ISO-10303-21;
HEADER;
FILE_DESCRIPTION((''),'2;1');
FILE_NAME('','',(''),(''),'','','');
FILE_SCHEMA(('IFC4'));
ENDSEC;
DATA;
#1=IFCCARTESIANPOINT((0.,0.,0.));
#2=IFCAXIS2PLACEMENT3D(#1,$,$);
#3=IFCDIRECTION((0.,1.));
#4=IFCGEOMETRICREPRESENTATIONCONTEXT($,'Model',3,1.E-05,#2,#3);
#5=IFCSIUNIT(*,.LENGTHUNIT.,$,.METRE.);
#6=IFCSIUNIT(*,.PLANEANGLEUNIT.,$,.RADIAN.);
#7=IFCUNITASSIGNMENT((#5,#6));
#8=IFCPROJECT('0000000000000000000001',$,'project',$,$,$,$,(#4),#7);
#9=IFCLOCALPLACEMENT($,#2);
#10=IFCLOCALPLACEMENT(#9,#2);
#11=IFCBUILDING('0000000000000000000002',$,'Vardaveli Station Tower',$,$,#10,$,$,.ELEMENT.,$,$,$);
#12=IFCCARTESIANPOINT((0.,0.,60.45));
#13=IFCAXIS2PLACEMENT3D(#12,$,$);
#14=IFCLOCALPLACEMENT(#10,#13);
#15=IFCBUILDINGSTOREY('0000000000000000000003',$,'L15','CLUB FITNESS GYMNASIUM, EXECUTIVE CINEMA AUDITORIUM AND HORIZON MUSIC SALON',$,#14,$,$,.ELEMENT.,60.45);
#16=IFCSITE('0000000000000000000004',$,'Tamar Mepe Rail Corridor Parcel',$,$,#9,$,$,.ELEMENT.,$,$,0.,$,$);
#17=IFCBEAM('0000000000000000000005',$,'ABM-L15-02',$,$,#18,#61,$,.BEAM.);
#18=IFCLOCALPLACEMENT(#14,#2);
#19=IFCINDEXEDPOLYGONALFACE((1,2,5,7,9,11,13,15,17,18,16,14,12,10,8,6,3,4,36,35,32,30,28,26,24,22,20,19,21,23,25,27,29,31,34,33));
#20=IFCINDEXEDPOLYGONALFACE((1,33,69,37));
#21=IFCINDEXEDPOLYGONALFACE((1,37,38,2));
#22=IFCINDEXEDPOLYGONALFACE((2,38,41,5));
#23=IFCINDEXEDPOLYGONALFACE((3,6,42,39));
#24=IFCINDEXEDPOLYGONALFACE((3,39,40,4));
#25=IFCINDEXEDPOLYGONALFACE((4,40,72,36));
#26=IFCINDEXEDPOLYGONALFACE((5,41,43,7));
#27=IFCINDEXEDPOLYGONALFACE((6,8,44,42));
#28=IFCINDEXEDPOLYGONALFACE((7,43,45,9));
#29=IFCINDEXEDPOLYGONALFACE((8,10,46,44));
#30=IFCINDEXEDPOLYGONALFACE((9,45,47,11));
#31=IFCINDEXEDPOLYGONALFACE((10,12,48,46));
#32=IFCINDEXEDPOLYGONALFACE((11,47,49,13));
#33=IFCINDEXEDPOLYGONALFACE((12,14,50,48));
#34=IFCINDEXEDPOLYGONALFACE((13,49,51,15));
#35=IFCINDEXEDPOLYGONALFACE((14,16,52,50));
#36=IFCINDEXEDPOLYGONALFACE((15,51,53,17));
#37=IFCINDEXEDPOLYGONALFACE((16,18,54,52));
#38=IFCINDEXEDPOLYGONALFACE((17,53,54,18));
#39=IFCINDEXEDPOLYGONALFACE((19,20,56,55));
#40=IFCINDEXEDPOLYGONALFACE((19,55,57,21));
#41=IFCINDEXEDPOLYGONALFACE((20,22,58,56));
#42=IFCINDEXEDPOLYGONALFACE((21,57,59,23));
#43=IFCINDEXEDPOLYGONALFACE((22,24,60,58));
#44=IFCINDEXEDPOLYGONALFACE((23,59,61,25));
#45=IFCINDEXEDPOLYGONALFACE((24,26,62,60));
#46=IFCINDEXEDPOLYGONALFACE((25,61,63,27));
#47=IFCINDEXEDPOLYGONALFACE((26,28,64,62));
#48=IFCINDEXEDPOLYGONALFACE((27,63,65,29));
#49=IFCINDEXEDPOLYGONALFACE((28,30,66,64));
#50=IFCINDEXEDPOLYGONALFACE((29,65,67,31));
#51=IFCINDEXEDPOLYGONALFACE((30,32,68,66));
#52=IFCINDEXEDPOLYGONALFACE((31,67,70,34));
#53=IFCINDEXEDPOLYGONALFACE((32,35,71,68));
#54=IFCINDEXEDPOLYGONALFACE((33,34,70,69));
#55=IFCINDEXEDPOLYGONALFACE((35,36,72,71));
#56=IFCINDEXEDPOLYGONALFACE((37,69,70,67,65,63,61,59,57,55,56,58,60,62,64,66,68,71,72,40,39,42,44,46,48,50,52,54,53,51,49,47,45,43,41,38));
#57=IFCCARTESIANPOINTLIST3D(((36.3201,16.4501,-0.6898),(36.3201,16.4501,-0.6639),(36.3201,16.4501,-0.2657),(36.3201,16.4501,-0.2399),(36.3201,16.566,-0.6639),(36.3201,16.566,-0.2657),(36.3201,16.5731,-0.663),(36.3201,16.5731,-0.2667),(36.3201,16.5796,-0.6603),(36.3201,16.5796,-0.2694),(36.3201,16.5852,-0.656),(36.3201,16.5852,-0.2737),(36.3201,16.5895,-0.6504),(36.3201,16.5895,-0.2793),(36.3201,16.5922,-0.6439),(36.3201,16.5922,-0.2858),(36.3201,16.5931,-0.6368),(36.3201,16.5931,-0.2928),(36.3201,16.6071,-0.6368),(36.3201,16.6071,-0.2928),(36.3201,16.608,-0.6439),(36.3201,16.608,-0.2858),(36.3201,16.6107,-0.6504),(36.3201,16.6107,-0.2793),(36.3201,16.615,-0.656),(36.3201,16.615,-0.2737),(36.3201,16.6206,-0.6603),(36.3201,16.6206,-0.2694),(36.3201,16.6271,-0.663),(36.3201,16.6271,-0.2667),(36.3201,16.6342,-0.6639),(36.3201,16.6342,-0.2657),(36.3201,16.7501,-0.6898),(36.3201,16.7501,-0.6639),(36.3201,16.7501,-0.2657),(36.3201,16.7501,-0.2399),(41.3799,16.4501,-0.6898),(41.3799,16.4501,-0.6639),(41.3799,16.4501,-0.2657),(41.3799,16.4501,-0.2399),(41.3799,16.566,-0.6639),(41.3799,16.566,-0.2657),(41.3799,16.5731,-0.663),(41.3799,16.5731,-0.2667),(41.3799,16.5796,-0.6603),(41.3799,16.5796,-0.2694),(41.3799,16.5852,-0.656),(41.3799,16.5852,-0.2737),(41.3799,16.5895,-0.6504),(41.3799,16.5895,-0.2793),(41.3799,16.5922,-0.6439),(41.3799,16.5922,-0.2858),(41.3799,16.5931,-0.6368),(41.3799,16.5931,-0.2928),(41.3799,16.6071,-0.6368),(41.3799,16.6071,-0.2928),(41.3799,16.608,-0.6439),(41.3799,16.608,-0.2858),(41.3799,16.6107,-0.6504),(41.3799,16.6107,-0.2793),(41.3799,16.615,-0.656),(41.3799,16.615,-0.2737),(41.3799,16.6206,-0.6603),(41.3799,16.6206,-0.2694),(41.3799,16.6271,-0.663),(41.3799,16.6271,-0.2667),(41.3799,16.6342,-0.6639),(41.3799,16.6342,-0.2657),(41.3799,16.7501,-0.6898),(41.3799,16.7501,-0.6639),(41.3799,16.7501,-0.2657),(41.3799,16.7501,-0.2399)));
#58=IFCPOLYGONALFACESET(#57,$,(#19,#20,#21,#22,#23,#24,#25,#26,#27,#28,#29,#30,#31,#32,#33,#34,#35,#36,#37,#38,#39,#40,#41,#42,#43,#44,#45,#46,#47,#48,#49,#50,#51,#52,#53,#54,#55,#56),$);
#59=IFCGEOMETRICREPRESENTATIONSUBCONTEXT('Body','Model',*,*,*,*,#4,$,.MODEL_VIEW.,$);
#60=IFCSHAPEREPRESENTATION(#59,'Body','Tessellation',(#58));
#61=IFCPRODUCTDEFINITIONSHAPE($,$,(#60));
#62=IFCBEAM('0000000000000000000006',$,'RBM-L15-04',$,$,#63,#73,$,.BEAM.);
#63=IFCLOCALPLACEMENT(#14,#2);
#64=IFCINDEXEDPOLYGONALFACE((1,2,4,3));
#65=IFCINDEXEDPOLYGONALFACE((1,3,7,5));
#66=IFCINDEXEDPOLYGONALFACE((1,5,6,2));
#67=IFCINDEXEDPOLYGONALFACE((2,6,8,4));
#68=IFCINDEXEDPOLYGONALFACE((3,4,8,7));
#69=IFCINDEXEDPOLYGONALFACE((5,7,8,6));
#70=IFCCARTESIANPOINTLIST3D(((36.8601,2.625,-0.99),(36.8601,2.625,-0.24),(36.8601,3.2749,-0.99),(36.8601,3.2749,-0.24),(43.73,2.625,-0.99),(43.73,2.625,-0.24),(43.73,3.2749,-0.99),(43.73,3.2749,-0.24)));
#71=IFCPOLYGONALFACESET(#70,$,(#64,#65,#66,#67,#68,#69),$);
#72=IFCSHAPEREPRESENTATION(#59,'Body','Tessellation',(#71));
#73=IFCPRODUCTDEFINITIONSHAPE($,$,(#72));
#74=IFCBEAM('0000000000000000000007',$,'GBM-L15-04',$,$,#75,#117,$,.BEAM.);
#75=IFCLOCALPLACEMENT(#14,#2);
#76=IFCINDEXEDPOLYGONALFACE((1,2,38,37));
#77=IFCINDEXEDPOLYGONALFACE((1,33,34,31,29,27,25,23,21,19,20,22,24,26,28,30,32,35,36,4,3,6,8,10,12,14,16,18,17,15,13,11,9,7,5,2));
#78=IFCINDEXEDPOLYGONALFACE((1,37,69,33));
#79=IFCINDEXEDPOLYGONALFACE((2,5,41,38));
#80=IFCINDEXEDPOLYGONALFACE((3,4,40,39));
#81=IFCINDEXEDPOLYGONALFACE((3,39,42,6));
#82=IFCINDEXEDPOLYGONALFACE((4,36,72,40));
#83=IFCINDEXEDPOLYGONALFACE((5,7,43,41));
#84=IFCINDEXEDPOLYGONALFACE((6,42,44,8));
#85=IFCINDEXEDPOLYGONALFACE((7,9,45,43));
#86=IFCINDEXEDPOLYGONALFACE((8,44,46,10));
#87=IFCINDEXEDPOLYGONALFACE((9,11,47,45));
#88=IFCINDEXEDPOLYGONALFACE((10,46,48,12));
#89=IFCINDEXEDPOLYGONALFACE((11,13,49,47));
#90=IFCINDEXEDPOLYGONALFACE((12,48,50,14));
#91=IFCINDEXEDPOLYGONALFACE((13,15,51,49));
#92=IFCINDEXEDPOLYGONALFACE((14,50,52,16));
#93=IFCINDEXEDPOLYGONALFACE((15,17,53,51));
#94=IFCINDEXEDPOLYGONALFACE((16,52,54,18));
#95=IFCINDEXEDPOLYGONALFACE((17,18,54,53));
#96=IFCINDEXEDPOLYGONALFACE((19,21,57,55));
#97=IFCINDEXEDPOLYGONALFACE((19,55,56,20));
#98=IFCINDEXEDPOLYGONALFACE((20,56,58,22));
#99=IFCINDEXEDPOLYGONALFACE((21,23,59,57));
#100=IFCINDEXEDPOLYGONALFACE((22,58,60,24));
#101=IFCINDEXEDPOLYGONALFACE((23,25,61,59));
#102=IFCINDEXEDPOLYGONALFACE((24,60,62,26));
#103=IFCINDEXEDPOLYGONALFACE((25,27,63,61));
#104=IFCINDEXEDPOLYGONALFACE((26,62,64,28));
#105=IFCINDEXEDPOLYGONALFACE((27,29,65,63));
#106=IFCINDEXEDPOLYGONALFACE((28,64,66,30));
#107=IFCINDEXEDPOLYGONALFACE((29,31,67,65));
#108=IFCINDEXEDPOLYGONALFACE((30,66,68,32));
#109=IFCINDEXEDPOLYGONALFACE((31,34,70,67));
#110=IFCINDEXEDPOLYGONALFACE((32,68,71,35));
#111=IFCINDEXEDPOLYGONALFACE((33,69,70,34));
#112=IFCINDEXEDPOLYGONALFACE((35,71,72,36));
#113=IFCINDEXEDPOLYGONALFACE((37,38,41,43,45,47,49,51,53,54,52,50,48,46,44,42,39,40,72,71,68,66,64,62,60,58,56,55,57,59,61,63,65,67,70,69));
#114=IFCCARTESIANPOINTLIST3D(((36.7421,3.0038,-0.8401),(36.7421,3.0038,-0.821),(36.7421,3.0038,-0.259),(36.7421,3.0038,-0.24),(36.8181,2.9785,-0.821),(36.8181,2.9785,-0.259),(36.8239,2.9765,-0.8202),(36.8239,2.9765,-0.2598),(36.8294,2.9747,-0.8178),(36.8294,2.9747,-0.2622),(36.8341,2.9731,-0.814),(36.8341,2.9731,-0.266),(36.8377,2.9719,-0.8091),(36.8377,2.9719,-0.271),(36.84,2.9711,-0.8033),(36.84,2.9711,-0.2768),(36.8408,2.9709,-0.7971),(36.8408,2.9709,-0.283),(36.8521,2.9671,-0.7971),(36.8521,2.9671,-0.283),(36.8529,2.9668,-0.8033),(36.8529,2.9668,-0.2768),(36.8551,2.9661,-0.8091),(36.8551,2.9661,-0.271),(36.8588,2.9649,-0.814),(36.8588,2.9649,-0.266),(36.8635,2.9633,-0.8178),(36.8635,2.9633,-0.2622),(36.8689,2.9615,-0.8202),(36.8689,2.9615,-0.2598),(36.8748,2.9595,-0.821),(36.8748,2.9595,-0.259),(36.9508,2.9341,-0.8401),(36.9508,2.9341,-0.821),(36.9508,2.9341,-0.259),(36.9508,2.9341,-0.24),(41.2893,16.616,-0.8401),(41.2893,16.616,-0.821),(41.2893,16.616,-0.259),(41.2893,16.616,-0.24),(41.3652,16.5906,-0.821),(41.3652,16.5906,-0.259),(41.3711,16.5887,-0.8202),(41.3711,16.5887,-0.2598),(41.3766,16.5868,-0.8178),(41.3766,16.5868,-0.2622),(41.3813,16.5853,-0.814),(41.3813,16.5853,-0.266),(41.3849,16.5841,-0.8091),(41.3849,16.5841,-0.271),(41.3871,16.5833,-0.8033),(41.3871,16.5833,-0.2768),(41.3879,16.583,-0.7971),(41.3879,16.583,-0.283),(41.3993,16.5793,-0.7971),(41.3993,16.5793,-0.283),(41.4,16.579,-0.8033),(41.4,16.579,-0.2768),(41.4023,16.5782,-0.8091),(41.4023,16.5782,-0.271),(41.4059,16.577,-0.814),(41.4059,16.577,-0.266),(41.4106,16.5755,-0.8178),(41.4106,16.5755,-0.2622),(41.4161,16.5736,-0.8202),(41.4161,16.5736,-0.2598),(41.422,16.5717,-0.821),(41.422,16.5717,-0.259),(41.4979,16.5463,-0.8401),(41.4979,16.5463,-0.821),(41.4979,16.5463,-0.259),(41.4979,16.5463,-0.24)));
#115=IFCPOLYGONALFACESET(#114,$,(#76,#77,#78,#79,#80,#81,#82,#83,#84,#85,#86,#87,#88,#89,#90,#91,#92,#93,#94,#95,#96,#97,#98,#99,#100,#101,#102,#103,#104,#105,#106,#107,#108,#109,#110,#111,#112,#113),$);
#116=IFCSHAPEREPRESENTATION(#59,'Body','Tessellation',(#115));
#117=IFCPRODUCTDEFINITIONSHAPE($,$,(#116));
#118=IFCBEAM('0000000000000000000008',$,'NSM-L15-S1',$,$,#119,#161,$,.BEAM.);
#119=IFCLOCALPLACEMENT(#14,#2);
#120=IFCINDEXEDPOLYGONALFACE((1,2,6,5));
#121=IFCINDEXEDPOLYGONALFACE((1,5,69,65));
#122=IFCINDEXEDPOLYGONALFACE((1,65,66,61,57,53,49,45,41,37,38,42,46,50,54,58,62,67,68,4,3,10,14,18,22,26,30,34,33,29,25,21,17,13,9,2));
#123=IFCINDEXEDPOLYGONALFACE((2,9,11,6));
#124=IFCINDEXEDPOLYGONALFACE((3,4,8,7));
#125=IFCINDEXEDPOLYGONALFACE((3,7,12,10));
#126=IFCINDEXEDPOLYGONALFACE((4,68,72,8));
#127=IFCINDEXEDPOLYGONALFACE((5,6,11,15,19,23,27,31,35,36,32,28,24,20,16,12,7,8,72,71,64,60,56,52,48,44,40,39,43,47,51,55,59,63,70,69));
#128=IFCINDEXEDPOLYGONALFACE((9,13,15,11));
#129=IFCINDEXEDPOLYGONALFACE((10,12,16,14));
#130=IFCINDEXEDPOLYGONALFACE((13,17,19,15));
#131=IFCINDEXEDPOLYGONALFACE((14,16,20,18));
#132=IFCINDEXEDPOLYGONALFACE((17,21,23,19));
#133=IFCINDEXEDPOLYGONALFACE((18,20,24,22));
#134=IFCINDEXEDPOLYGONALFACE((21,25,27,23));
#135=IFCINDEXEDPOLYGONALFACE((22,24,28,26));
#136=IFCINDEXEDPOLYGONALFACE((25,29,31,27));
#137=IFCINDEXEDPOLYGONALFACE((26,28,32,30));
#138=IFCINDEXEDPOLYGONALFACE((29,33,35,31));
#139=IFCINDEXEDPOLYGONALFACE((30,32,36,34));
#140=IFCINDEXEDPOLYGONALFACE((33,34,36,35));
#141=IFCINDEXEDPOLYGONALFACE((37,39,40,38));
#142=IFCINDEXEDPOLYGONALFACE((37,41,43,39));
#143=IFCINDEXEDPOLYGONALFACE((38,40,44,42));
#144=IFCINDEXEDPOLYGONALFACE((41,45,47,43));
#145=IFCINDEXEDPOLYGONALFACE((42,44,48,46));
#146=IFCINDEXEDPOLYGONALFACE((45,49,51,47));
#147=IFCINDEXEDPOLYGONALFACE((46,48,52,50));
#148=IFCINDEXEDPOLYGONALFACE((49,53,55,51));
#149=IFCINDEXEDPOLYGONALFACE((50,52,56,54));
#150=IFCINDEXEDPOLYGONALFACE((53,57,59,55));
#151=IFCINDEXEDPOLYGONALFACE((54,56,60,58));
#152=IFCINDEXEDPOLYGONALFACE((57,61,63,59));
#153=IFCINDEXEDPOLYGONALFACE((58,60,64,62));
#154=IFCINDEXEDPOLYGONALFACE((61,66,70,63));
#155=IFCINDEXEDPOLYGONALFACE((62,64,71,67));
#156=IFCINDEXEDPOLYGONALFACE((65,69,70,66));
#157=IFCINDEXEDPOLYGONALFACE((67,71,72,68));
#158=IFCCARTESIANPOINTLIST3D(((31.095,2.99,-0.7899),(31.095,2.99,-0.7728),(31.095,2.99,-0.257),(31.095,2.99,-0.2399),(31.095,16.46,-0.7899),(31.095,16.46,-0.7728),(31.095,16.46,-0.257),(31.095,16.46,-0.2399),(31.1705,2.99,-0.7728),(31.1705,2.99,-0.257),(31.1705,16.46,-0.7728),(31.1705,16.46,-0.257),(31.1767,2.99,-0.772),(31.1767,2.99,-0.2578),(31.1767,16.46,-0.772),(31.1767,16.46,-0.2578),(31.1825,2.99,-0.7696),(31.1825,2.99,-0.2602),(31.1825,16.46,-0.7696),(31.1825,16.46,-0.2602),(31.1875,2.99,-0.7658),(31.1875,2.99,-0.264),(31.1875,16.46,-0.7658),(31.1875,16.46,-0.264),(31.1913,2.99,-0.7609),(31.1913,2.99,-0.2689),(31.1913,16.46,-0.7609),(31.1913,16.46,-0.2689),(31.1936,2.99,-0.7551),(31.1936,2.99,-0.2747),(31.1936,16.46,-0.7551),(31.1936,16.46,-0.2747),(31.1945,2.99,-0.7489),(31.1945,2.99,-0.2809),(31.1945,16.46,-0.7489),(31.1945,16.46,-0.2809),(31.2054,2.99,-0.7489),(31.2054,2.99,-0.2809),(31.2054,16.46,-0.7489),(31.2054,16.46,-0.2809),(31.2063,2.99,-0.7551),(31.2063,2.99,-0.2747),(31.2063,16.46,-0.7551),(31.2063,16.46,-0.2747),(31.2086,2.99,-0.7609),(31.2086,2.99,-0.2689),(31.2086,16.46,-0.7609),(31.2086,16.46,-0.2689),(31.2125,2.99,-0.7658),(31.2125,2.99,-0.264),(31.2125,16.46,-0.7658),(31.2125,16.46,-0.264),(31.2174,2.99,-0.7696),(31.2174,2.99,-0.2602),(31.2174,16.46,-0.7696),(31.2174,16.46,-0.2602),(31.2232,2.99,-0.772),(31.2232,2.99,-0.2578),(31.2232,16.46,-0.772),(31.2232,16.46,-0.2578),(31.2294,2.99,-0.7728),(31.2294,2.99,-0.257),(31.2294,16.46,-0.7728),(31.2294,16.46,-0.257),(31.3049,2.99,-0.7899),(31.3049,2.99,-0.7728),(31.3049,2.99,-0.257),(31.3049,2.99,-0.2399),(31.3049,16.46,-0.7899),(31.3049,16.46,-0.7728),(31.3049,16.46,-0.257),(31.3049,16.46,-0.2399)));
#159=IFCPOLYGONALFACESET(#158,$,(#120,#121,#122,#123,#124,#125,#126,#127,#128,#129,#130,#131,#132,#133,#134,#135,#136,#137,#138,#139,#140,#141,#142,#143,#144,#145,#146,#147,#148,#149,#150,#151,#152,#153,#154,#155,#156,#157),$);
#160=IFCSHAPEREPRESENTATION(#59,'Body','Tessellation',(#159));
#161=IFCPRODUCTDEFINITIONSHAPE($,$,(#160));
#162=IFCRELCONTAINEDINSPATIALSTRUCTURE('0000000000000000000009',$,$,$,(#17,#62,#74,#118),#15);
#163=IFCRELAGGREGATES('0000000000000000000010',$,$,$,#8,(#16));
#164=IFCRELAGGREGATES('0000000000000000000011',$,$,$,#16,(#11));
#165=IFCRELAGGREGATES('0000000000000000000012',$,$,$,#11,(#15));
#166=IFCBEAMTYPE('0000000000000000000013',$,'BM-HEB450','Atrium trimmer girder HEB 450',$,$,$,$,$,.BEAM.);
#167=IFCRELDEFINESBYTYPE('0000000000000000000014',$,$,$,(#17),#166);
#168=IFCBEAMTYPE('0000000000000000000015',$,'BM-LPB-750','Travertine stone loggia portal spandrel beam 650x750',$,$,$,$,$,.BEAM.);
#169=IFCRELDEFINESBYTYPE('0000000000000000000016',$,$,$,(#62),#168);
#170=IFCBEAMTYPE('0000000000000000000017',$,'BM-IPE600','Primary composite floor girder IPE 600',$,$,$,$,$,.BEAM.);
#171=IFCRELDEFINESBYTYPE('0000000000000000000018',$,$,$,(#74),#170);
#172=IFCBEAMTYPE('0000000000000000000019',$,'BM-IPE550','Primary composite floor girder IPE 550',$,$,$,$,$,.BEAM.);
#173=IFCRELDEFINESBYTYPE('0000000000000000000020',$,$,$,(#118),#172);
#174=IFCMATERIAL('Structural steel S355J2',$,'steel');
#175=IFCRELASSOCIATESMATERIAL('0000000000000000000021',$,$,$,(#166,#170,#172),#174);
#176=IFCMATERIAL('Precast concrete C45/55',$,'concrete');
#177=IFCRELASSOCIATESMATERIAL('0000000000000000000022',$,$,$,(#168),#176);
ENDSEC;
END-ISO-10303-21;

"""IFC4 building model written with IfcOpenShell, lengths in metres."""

from ifc_helpers import new_model, si_unit, direction, frame, origin, origin_2d, place, context, subcontext, project, spatial, rectangle, i_section, extrude, source, transform, mapped, material, material_profile, profile_set, type_object, element, save


model = new_model("IFC4")

# Units and contexts
model_context = context("Model", 3, precision=1e-05, world=origin(), true_north=direction((0.0, 1.0)))
body_context = subcontext(model_context, "Body", "Model", "MODEL_VIEW")
ifc_project = project(units=[si_unit("LENGTHUNIT", "METRE"), si_unit("PLANEANGLEUNIT", "RADIAN")], contexts=[model_context])

# Site, building, storey
site_placement = place(None, origin())
site = spatial("IfcSite", under=ifc_project, at=site_placement, Name="Tamar Mepe Rail Corridor Parcel", CompositionType="ELEMENT", RefElevation=0.0)
building_placement = place(site_placement, origin())
building = spatial("IfcBuilding", under=site, at=building_placement, Name="Vardaveli Station Tower", CompositionType="ELEMENT")
storey_placement = place(building_placement, frame((0.0, 0.0, 60.45)))
storey = spatial("IfcBuildingStorey", under=building, at=storey_placement, Name="L15", Description="CLUB FITNESS GYMNASIUM, EXECUTIVE CINEMA AUDITORIUM AND HORIZON MUSIC SALON", CompositionType="ELEMENT", Elevation=60.45)

# Beams
ifc_material_1 = material(Name="Structural steel S355J2", Category="steel")
ifc_material_profile_1 = material_profile(ifc_material_1, i_section(OverallWidth=0.3, OverallDepth=0.45, WebThickness=0.0139, FlangeThickness=0.0259, FilletRadius=0.0271, at=origin_2d()), Name="HEB 450")
ifc_profile_set_1 = profile_set([ifc_material_profile_1], Name="Structural steel S355J2")
beam_type_1 = type_object("IfcBeamType", Name="BM-HEB450", Description="Atrium trimmer girder HEB 450", PredefinedType="BEAM", material=ifc_profile_set_1)
shared_shape_1 = source(origin(), body_context, "Body", "SweptSolid", [
    extrude(i_section(OverallWidth=0.3, OverallDepth=0.45, WebThickness=0.0139, FlangeThickness=0.0259, FilletRadius=0.0271, at=origin_2d()), origin(), (0.0, 0.0, 1.0), 5.0598),
])
beam_1_placement = place(storey_placement, frame((36.3201, 16.6001, -0.4648), z_axis=(1.0, 0.0, 0.0), x_axis=(0.0, 1.0, 0.0)))
element("IfcBeam", 1, at=beam_1_placement, inside=storey, type_object=beam_type_1, Name="ABM-L15-02", PredefinedType="BEAM", context=body_context, shape_type="MappedRepresentation", body=[
    mapped(shared_shape_1, transform((0.0, 0.0, 0.0), scale=1.0)),
])
ifc_material_2 = material(Name="Precast concrete C45/55", Category="concrete")
ifc_material_profile_2 = material_profile(ifc_material_2, rectangle(XDim=0.6499, YDim=0.75, at=origin_2d()), Name="LPB 650x750")
ifc_profile_set_2 = profile_set([ifc_material_profile_2], Name="Precast concrete C45/55")
beam_type_2 = type_object("IfcBeamType", Name="BM-LPB-750", Description="Travertine stone loggia portal spandrel beam 650x750", PredefinedType="BEAM", material=ifc_profile_set_2)
shared_shape_2 = source(origin(), body_context, "Body", "SweptSolid", [
    extrude(rectangle(XDim=0.6499, YDim=0.75, at=origin_2d()), origin(), (0.0, 0.0, 1.0), 6.8699),
])
beam_2_placement = place(storey_placement, frame((36.8601, 2.95, -0.615), z_axis=(1.0, 0.0, 0.0), x_axis=(0.0, 1.0, 0.0)))
element("IfcBeam", 2, at=beam_2_placement, inside=storey, type_object=beam_type_2, Name="RBM-L15-04", PredefinedType="BEAM", context=body_context, shape_type="MappedRepresentation", body=[
    mapped(shared_shape_2, transform((0.0, 0.0, 0.0), scale=1.0)),
])
ifc_material_profile_3 = material_profile(ifc_material_1, i_section(OverallWidth=0.22, OverallDepth=0.6001, WebThickness=0.012, FlangeThickness=0.019, FilletRadius=0.0239, at=origin_2d()), Name="IPE 600")
ifc_profile_set_3 = profile_set([ifc_material_profile_3], Name="Structural steel S355J2")
beam_type_3 = type_object("IfcBeamType", Name="BM-IPE600", Description="Primary composite floor girder IPE 600", PredefinedType="BEAM", material=ifc_profile_set_3)
shared_shape_3 = source(origin(), body_context, "Body", "SweptSolid", [
    extrude(i_section(OverallWidth=0.22, OverallDepth=0.6001, WebThickness=0.012, FlangeThickness=0.019, FilletRadius=0.0239, at=origin_2d()), origin(), (0.0, 0.0, 1.0), 14.3516),
])
beam_3_placement = place(storey_placement, frame((36.8464, 2.969, -0.54), z_axis=(0.31684, 0.948479, 0.0), x_axis=(-0.948479, 0.31684, 0.0)))
element("IfcBeam", 3, at=beam_3_placement, inside=storey, type_object=beam_type_3, Name="GBM-L15-04", PredefinedType="BEAM", context=body_context, shape_type="MappedRepresentation", body=[
    mapped(shared_shape_3, transform((0.0, 0.0, 0.0), scale=1.0)),
])
ifc_material_profile_4 = material_profile(ifc_material_1, i_section(OverallWidth=0.21, OverallDepth=0.55, WebThickness=0.011, FlangeThickness=0.0171, FilletRadius=0.0239, at=origin_2d()), Name="IPE 550")
ifc_profile_set_4 = profile_set([ifc_material_profile_4], Name="Structural steel S355J2")
beam_type_4 = type_object("IfcBeamType", Name="BM-IPE550", Description="Primary composite floor girder IPE 550", PredefinedType="BEAM", material=ifc_profile_set_4)
shared_shape_4 = source(origin(), body_context, "Body", "SweptSolid", [
    extrude(i_section(OverallWidth=0.21, OverallDepth=0.55, WebThickness=0.011, FlangeThickness=0.0171, FilletRadius=0.0239, at=origin_2d()), origin(), (0.0, 0.0, 1.0), 13.47),
])
for number, where, z_axis, x_axis, name in (
    (4, (31.2, 2.99, -0.5149), (0.0, 1.0, 0.0), (-1.0, 0.0, 0.0), "NSM-L15-S1"),
):
    element("IfcBeam", number, at=place(storey_placement, frame(where, z_axis=z_axis, x_axis=x_axis)), inside=storey, type_object=beam_type_4, Name=name, PredefinedType="BEAM", context=body_context, shape_type="MappedRepresentation", body=[
        mapped(shared_shape_4, transform((0.0, 0.0, 0.0), scale=1.0)),
    ])

save(model, "model.ifc")
